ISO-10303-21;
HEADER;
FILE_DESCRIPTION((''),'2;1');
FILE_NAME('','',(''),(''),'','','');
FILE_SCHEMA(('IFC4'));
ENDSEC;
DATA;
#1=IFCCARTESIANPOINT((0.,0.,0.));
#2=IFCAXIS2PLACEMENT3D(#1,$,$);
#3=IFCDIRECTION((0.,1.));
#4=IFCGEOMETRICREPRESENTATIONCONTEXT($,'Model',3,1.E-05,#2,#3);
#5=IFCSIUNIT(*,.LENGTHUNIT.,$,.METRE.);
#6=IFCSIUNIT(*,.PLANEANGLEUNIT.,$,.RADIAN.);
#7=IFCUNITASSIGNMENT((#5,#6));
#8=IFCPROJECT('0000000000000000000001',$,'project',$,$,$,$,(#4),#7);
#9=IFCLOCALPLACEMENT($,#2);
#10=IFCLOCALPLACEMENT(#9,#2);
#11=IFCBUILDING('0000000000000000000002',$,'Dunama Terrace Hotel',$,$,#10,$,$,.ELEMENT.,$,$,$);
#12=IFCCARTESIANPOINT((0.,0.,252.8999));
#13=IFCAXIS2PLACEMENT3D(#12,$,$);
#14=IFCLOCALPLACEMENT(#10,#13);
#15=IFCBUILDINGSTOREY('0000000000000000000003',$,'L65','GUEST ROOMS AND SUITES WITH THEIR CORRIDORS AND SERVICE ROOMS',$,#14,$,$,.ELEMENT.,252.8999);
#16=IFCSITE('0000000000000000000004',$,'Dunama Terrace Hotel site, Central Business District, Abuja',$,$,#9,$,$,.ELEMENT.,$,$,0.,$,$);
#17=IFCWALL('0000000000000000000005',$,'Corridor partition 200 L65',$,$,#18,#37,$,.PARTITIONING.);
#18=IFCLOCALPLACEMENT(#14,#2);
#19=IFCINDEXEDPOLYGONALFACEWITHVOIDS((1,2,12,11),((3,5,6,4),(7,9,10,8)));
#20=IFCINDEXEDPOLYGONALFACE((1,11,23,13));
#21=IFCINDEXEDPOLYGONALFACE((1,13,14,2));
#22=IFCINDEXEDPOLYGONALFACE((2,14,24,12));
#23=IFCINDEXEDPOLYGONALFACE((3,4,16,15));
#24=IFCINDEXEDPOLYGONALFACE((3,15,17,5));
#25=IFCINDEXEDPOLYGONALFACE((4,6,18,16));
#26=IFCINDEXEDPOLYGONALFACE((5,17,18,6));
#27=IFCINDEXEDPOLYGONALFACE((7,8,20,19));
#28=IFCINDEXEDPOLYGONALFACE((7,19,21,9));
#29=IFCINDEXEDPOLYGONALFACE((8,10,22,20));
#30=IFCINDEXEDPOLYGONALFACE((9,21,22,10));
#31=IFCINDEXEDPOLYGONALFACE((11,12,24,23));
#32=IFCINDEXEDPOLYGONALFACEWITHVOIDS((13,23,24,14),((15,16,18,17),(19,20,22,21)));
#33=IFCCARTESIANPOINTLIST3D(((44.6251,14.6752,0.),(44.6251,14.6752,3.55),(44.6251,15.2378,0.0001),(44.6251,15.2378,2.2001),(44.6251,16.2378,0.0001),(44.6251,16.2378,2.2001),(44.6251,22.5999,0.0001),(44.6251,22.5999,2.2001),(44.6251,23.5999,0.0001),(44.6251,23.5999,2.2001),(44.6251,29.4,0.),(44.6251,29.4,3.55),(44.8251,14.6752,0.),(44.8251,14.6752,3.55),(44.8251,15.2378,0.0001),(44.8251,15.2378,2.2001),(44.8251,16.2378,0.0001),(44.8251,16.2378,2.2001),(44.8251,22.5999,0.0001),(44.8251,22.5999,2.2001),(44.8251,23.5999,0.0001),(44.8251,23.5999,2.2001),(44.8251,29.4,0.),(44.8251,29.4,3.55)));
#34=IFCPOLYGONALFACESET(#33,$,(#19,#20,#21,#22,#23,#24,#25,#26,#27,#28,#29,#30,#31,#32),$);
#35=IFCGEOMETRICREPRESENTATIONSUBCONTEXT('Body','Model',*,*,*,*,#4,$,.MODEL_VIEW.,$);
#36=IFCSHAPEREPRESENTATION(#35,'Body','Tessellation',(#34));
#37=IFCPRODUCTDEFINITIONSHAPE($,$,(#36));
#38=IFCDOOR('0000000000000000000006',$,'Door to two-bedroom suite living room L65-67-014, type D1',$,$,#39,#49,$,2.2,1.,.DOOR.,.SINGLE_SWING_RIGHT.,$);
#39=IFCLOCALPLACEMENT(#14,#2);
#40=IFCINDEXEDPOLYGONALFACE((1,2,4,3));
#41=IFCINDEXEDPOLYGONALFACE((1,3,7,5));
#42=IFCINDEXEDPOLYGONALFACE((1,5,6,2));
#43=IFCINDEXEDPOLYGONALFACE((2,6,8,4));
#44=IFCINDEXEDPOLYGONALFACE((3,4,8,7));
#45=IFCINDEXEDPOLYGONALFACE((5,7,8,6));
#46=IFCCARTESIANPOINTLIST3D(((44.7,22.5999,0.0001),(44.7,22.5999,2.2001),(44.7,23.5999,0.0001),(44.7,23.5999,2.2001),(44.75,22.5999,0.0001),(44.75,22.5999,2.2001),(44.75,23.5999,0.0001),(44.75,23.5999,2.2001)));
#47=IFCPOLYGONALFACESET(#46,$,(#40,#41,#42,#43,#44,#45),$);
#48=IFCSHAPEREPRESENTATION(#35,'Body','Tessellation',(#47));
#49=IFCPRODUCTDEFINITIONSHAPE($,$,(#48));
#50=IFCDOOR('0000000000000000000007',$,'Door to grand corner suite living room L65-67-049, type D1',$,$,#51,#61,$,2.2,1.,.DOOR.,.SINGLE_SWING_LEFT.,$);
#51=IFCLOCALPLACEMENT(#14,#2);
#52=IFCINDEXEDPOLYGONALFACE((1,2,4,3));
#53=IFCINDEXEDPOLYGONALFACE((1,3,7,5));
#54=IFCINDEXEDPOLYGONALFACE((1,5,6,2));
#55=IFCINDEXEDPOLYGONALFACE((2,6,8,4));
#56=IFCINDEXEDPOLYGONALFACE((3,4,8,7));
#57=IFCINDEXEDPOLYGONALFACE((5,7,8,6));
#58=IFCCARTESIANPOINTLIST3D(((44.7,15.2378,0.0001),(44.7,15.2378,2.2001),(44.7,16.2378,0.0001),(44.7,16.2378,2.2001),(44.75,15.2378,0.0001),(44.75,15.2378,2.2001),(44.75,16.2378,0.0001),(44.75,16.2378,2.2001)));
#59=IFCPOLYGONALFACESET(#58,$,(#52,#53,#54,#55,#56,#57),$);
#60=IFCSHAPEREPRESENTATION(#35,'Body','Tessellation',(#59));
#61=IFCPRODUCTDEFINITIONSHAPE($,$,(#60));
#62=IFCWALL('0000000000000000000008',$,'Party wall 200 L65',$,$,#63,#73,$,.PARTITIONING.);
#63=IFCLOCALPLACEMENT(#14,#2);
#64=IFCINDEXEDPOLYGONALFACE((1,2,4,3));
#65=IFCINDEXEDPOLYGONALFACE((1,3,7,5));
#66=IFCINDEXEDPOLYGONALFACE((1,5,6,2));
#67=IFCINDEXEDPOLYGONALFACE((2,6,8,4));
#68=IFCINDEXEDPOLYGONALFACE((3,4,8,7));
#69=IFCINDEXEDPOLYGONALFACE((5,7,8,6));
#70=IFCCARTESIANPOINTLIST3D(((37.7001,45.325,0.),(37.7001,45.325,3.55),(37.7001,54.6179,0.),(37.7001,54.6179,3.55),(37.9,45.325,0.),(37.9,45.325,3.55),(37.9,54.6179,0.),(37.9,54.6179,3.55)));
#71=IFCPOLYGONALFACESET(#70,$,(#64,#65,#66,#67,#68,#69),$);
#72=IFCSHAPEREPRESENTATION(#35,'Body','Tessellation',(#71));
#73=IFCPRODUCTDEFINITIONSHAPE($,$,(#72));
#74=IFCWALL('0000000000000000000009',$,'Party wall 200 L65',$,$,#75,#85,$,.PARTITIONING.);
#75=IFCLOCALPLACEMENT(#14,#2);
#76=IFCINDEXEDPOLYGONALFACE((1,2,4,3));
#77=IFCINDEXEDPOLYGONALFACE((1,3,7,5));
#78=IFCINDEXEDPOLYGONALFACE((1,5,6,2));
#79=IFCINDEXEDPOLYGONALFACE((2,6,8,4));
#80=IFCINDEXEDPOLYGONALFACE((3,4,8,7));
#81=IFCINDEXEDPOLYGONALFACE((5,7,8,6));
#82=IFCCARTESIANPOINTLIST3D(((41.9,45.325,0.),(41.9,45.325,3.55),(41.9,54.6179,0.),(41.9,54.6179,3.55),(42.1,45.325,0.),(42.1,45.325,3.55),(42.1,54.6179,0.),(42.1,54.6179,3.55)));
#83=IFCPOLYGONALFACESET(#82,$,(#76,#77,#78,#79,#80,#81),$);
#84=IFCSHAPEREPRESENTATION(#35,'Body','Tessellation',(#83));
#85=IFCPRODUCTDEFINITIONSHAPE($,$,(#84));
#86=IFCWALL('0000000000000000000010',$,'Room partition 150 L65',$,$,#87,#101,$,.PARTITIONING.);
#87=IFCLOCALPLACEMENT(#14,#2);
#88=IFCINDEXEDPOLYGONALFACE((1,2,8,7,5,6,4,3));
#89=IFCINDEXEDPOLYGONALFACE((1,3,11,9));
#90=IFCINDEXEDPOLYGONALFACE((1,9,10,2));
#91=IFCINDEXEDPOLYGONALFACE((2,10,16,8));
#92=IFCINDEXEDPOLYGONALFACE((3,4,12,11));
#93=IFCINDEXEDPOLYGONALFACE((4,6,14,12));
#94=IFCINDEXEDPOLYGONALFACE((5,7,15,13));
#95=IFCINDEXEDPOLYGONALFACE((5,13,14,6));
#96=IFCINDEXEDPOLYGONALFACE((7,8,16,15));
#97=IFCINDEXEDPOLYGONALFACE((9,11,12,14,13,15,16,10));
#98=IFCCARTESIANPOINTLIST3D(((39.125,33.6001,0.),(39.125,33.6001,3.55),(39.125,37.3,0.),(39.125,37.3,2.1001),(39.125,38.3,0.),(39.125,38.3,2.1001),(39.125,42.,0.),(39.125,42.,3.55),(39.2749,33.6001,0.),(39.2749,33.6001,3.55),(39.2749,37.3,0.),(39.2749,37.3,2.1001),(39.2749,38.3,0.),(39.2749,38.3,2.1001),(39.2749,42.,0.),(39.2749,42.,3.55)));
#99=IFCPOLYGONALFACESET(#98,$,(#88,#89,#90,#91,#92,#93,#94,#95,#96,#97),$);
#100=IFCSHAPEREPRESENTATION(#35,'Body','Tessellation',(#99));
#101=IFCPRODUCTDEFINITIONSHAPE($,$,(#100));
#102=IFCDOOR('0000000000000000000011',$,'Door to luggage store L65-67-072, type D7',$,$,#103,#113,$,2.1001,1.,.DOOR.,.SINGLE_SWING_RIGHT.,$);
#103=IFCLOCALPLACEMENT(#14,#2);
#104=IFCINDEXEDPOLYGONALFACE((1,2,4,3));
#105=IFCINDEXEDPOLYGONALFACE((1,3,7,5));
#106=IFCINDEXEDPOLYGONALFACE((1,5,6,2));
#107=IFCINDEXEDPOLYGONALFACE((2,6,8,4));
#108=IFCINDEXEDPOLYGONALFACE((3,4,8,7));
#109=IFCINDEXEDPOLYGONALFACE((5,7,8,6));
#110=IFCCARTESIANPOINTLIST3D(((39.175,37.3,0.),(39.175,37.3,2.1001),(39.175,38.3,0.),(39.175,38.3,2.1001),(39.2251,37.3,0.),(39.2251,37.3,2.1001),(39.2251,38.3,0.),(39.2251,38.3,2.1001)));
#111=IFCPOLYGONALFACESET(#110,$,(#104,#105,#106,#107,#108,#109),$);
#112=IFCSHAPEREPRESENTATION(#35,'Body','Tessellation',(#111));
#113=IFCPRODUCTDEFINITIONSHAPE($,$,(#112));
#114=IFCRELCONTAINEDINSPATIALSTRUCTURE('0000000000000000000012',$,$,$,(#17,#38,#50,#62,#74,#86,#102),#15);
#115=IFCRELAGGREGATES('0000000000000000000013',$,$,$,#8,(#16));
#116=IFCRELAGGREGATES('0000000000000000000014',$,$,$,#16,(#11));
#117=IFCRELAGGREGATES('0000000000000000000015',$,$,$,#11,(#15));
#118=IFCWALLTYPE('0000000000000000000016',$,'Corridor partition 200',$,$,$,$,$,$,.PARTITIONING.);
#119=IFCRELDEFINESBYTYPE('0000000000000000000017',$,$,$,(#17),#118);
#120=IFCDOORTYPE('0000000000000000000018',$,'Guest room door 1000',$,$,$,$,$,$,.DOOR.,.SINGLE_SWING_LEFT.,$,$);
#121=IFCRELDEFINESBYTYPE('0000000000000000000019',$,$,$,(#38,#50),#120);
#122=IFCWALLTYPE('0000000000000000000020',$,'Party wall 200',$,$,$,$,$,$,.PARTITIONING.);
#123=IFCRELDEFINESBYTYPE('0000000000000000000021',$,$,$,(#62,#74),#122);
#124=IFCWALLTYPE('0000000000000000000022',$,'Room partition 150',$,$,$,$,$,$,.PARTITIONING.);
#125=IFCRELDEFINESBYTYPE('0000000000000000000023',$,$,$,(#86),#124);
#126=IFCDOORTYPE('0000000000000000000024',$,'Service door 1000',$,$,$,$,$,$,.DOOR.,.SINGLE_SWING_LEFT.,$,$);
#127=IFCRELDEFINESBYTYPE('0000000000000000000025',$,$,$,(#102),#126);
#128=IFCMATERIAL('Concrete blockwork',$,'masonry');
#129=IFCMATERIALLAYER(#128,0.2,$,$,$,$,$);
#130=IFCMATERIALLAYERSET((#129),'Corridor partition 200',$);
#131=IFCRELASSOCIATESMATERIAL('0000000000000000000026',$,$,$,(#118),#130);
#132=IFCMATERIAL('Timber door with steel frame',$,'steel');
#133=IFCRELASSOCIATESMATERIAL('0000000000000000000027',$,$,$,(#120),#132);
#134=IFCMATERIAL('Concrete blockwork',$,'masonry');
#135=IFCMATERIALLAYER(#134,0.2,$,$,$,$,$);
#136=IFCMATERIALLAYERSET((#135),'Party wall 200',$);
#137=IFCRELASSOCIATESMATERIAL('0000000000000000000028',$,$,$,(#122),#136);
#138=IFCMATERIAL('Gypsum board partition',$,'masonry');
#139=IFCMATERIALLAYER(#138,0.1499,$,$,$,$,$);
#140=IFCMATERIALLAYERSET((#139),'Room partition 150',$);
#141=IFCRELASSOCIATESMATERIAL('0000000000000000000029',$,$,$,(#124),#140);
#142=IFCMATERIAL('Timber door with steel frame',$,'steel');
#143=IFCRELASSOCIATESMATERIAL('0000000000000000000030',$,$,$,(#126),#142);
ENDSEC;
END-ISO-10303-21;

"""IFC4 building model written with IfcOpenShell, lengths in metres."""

from ifc_helpers import new_model, si_unit, direction, frame, frame_2d, origin, place, context, subcontext, project, spatial, rectangle, extrude, material, layer, layer_set, type_object, element, fill, save


model = new_model("IFC4")

# Units and contexts
model_context = context("Model", 3, precision=1e-05, world=origin(), true_north=direction((0.0, 1.0)))
body_context = subcontext(model_context, "Body", "Model", "MODEL_VIEW")
ifc_project = project(units=[si_unit("LENGTHUNIT", "METRE"), si_unit("PLANEANGLEUNIT", "RADIAN")], contexts=[model_context])

# Site, building, storey
site_placement = place(None, origin())
site = spatial("IfcSite", under=ifc_project, at=site_placement, Name="Dunama Terrace Hotel site, Central Business District, Abuja", CompositionType="ELEMENT", RefElevation=0.0)
building_placement = place(site_placement, origin())
building = spatial("IfcBuilding", under=site, at=building_placement, Name="Dunama Terrace Hotel", CompositionType="ELEMENT")
storey_placement = place(building_placement, frame((0.0, 0.0, 252.8999)))
storey = spatial("IfcBuildingStorey", under=building, at=storey_placement, Name="L65", Description="GUEST ROOMS AND SUITES WITH THEIR CORRIDORS AND SERVICE ROOMS", CompositionType="ELEMENT", Elevation=252.8999)

# Shared definitions
ifc_material_1 = material(Name="Concrete blockwork", Category="masonry")
ifc_layer_1 = layer(ifc_material_1, 0.2)
ifc_layer_set_1 = layer_set([ifc_layer_1], Name="Corridor partition 200")
wall_type_1 = type_object("IfcWallType", Name="Corridor partition 200", PredefinedType="PARTITIONING", material=ifc_layer_set_1)

# Wall, openings, doors
wall_1_placement = place(storey_placement, frame((44.7251, 29.3999, 0.0), z_axis=(0.0, 0.0, 1.0), x_axis=(0.0, -1.0, 0.0)))
wall_1 = element("IfcWall", 1, at=wall_1_placement, inside=storey, type_object=wall_type_1, Name="Corridor partition 200 L65", PredefinedType="PARTITIONING", context=body_context, shape_type="SweptSolid", body=[
    extrude(rectangle(XDim=14.7249, YDim=0.2, at=frame_2d((7.3623, 0.0))), origin(), (0.0, 0.0, 1.0), 3.55),
])
opening_1_placement = place(wall_1_placement, frame((5.8, 0.0, 0.0)))
opening_1 = element("IfcOpeningElement", 2, at=opening_1_placement, cuts=wall_1, PredefinedType="OPENING", context=body_context, shape_type="SweptSolid", body=[
    extrude(rectangle(XDim=1.0, YDim=2.2, at=frame_2d((0.5, 1.1001))), frame((0.0, 0.1099, 0.0), z_axis=(0.0, -1.0, 0.0), x_axis=(1.0, 0.0, 0.0)), (0.0, 0.0, 1.0), 0.22),
])
opening_2_placement = place(wall_1_placement, frame((13.1621, 0.0, 0.0)))
opening_2 = element("IfcOpeningElement", 3, at=opening_2_placement, cuts=wall_1, PredefinedType="OPENING", context=body_context, shape_type="SweptSolid", body=[
    extrude(rectangle(XDim=1.0, YDim=2.2, at=frame_2d((0.5, 1.1001))), frame((0.0, 0.1099, 0.0), z_axis=(0.0, -1.0, 0.0), x_axis=(1.0, 0.0, 0.0)), (0.0, 0.0, 1.0), 0.22),
])
ifc_material_2 = material(Name="Timber door with steel frame", Category="steel")
door_type_1 = type_object("IfcDoorType", Name="Guest room door 1000", OperationType="SINGLE_SWING_LEFT", PredefinedType="DOOR", material=ifc_material_2)
door_1_placement = place(opening_1_placement, origin())
door_1 = element("IfcDoor", 4, at=door_1_placement, inside=storey, type_object=door_type_1, Name="Door to two-bedroom suite living room L65-67-014, type D1", OperationType="SINGLE_SWING_RIGHT", OverallHeight=2.2, OverallWidth=1.0, PredefinedType="DOOR", context=body_context, shape_type="SweptSolid", body=[
    extrude(rectangle(XDim=1.0, YDim=2.2, at=frame_2d((0.5, 1.1001))), frame((0.0, 0.0249, 0.0), z_axis=(0.0, -1.0, 0.0), x_axis=(1.0, 0.0, 0.0)), (0.0, 0.0, 1.0), 0.05),
])
fill(opening_1, door_1)
door_2_placement = place(opening_2_placement, origin())
door_2 = element("IfcDoor", 5, at=door_2_placement, inside=storey, type_object=door_type_1, Name="Door to grand corner suite living room L65-67-049, type D1", OperationType="SINGLE_SWING_LEFT", OverallHeight=2.2, OverallWidth=1.0, PredefinedType="DOOR", context=body_context, shape_type="SweptSolid", body=[
    extrude(rectangle(XDim=1.0, YDim=2.2, at=frame_2d((0.5, 1.1001))), frame((0.0, 0.0249, 0.0), z_axis=(0.0, -1.0, 0.0), x_axis=(1.0, 0.0, 0.0)), (0.0, 0.0, 1.0), 0.05),
])
fill(opening_2, door_2)

# Walls
ifc_material_3 = material(Name="Concrete blockwork", Category="masonry")
ifc_layer_2 = layer(ifc_material_3, 0.2)
ifc_layer_set_2 = layer_set([ifc_layer_2], Name="Party wall 200")
wall_type_2 = type_object("IfcWallType", Name="Party wall 200", PredefinedType="PARTITIONING", material=ifc_layer_set_2)
for number, where, z_axis, x_axis, name in (
    (6, (37.8, 45.325, 0.0), (0.0, 0.0, 1.0), (0.0, 1.0, 0.0), "Party wall 200 L65"),
    (7, (42.0, 45.325, 0.0), (0.0, 0.0, 1.0), (0.0, 1.0, 0.0), "Party wall 200 L65"),
):
    element("IfcWall", number, at=place(storey_placement, frame(where, z_axis=z_axis, x_axis=x_axis)), inside=storey, type_object=wall_type_2, Name=name, PredefinedType="PARTITIONING", context=body_context, shape_type="SweptSolid", body=[
        extrude(rectangle(XDim=9.293, YDim=0.2, at=frame_2d((4.6465, 0.0))), origin(), (0.0, 0.0, 1.0), 3.55),
    ])

# Wall, opening, door
ifc_material_4 = material(Name="Gypsum board partition", Category="masonry")
ifc_layer_3 = layer(ifc_material_4, 0.1499)
ifc_layer_set_3 = layer_set([ifc_layer_3], Name="Room partition 150")
wall_type_3 = type_object("IfcWallType", Name="Room partition 150", PredefinedType="PARTITIONING", material=ifc_layer_set_3)
wall_2_placement = place(storey_placement, frame((39.2, 33.6001, 0.0), z_axis=(0.0, 0.0, 1.0), x_axis=(0.0, 1.0, 0.0)))
wall_2 = element("IfcWall", 8, at=wall_2_placement, inside=storey, type_object=wall_type_3, Name="Room partition 150 L65", PredefinedType="PARTITIONING", context=body_context, shape_type="SweptSolid", body=[
    extrude(rectangle(XDim=8.3999, YDim=0.1499, at=frame_2d((4.2, 0.0))), origin(), (0.0, 0.0, 1.0), 3.55),
])
opening_3_placement = place(wall_2_placement, frame((3.7, 0.0, 0.0)))
opening_3 = element("IfcOpeningElement", 9, at=opening_3_placement, cuts=wall_2, PredefinedType="OPENING", context=body_context, shape_type="SweptSolid", body=[
    extrude(rectangle(XDim=1.0, YDim=2.1001, at=frame_2d((0.5, 1.05))), frame((0.0, 0.085, 0.0), z_axis=(0.0, -1.0, 0.0), x_axis=(1.0, 0.0, 0.0)), (0.0, 0.0, 1.0), 0.1699),
])
ifc_material_5 = material(Name="Timber door with steel frame", Category="steel")
door_type_2 = type_object("IfcDoorType", Name="Service door 1000", OperationType="SINGLE_SWING_LEFT", PredefinedType="DOOR", material=ifc_material_5)
door_3_placement = place(opening_3_placement, frame((1.0, 0.0, 0.0), z_axis=(0.0, 0.0, 1.0), x_axis=(-1.0, 0.0, 0.0)))
door_3 = element("IfcDoor", 10, at=door_3_placement, inside=storey, type_object=door_type_2, Name="Door to luggage store L65-67-072, type D7", OperationType="SINGLE_SWING_RIGHT", OverallHeight=2.1001, OverallWidth=1.0, PredefinedType="DOOR", context=body_context, shape_type="SweptSolid", body=[
    extrude(rectangle(XDim=1.0, YDim=2.1001, at=frame_2d((0.5, 1.05))), frame((0.0, 0.0251, 0.0), z_axis=(0.0, -1.0, 0.0), x_axis=(1.0, 0.0, 0.0)), (0.0, 0.0, 1.0), 0.05),
])
fill(opening_3, door_3)

save(model, "model.ifc")
